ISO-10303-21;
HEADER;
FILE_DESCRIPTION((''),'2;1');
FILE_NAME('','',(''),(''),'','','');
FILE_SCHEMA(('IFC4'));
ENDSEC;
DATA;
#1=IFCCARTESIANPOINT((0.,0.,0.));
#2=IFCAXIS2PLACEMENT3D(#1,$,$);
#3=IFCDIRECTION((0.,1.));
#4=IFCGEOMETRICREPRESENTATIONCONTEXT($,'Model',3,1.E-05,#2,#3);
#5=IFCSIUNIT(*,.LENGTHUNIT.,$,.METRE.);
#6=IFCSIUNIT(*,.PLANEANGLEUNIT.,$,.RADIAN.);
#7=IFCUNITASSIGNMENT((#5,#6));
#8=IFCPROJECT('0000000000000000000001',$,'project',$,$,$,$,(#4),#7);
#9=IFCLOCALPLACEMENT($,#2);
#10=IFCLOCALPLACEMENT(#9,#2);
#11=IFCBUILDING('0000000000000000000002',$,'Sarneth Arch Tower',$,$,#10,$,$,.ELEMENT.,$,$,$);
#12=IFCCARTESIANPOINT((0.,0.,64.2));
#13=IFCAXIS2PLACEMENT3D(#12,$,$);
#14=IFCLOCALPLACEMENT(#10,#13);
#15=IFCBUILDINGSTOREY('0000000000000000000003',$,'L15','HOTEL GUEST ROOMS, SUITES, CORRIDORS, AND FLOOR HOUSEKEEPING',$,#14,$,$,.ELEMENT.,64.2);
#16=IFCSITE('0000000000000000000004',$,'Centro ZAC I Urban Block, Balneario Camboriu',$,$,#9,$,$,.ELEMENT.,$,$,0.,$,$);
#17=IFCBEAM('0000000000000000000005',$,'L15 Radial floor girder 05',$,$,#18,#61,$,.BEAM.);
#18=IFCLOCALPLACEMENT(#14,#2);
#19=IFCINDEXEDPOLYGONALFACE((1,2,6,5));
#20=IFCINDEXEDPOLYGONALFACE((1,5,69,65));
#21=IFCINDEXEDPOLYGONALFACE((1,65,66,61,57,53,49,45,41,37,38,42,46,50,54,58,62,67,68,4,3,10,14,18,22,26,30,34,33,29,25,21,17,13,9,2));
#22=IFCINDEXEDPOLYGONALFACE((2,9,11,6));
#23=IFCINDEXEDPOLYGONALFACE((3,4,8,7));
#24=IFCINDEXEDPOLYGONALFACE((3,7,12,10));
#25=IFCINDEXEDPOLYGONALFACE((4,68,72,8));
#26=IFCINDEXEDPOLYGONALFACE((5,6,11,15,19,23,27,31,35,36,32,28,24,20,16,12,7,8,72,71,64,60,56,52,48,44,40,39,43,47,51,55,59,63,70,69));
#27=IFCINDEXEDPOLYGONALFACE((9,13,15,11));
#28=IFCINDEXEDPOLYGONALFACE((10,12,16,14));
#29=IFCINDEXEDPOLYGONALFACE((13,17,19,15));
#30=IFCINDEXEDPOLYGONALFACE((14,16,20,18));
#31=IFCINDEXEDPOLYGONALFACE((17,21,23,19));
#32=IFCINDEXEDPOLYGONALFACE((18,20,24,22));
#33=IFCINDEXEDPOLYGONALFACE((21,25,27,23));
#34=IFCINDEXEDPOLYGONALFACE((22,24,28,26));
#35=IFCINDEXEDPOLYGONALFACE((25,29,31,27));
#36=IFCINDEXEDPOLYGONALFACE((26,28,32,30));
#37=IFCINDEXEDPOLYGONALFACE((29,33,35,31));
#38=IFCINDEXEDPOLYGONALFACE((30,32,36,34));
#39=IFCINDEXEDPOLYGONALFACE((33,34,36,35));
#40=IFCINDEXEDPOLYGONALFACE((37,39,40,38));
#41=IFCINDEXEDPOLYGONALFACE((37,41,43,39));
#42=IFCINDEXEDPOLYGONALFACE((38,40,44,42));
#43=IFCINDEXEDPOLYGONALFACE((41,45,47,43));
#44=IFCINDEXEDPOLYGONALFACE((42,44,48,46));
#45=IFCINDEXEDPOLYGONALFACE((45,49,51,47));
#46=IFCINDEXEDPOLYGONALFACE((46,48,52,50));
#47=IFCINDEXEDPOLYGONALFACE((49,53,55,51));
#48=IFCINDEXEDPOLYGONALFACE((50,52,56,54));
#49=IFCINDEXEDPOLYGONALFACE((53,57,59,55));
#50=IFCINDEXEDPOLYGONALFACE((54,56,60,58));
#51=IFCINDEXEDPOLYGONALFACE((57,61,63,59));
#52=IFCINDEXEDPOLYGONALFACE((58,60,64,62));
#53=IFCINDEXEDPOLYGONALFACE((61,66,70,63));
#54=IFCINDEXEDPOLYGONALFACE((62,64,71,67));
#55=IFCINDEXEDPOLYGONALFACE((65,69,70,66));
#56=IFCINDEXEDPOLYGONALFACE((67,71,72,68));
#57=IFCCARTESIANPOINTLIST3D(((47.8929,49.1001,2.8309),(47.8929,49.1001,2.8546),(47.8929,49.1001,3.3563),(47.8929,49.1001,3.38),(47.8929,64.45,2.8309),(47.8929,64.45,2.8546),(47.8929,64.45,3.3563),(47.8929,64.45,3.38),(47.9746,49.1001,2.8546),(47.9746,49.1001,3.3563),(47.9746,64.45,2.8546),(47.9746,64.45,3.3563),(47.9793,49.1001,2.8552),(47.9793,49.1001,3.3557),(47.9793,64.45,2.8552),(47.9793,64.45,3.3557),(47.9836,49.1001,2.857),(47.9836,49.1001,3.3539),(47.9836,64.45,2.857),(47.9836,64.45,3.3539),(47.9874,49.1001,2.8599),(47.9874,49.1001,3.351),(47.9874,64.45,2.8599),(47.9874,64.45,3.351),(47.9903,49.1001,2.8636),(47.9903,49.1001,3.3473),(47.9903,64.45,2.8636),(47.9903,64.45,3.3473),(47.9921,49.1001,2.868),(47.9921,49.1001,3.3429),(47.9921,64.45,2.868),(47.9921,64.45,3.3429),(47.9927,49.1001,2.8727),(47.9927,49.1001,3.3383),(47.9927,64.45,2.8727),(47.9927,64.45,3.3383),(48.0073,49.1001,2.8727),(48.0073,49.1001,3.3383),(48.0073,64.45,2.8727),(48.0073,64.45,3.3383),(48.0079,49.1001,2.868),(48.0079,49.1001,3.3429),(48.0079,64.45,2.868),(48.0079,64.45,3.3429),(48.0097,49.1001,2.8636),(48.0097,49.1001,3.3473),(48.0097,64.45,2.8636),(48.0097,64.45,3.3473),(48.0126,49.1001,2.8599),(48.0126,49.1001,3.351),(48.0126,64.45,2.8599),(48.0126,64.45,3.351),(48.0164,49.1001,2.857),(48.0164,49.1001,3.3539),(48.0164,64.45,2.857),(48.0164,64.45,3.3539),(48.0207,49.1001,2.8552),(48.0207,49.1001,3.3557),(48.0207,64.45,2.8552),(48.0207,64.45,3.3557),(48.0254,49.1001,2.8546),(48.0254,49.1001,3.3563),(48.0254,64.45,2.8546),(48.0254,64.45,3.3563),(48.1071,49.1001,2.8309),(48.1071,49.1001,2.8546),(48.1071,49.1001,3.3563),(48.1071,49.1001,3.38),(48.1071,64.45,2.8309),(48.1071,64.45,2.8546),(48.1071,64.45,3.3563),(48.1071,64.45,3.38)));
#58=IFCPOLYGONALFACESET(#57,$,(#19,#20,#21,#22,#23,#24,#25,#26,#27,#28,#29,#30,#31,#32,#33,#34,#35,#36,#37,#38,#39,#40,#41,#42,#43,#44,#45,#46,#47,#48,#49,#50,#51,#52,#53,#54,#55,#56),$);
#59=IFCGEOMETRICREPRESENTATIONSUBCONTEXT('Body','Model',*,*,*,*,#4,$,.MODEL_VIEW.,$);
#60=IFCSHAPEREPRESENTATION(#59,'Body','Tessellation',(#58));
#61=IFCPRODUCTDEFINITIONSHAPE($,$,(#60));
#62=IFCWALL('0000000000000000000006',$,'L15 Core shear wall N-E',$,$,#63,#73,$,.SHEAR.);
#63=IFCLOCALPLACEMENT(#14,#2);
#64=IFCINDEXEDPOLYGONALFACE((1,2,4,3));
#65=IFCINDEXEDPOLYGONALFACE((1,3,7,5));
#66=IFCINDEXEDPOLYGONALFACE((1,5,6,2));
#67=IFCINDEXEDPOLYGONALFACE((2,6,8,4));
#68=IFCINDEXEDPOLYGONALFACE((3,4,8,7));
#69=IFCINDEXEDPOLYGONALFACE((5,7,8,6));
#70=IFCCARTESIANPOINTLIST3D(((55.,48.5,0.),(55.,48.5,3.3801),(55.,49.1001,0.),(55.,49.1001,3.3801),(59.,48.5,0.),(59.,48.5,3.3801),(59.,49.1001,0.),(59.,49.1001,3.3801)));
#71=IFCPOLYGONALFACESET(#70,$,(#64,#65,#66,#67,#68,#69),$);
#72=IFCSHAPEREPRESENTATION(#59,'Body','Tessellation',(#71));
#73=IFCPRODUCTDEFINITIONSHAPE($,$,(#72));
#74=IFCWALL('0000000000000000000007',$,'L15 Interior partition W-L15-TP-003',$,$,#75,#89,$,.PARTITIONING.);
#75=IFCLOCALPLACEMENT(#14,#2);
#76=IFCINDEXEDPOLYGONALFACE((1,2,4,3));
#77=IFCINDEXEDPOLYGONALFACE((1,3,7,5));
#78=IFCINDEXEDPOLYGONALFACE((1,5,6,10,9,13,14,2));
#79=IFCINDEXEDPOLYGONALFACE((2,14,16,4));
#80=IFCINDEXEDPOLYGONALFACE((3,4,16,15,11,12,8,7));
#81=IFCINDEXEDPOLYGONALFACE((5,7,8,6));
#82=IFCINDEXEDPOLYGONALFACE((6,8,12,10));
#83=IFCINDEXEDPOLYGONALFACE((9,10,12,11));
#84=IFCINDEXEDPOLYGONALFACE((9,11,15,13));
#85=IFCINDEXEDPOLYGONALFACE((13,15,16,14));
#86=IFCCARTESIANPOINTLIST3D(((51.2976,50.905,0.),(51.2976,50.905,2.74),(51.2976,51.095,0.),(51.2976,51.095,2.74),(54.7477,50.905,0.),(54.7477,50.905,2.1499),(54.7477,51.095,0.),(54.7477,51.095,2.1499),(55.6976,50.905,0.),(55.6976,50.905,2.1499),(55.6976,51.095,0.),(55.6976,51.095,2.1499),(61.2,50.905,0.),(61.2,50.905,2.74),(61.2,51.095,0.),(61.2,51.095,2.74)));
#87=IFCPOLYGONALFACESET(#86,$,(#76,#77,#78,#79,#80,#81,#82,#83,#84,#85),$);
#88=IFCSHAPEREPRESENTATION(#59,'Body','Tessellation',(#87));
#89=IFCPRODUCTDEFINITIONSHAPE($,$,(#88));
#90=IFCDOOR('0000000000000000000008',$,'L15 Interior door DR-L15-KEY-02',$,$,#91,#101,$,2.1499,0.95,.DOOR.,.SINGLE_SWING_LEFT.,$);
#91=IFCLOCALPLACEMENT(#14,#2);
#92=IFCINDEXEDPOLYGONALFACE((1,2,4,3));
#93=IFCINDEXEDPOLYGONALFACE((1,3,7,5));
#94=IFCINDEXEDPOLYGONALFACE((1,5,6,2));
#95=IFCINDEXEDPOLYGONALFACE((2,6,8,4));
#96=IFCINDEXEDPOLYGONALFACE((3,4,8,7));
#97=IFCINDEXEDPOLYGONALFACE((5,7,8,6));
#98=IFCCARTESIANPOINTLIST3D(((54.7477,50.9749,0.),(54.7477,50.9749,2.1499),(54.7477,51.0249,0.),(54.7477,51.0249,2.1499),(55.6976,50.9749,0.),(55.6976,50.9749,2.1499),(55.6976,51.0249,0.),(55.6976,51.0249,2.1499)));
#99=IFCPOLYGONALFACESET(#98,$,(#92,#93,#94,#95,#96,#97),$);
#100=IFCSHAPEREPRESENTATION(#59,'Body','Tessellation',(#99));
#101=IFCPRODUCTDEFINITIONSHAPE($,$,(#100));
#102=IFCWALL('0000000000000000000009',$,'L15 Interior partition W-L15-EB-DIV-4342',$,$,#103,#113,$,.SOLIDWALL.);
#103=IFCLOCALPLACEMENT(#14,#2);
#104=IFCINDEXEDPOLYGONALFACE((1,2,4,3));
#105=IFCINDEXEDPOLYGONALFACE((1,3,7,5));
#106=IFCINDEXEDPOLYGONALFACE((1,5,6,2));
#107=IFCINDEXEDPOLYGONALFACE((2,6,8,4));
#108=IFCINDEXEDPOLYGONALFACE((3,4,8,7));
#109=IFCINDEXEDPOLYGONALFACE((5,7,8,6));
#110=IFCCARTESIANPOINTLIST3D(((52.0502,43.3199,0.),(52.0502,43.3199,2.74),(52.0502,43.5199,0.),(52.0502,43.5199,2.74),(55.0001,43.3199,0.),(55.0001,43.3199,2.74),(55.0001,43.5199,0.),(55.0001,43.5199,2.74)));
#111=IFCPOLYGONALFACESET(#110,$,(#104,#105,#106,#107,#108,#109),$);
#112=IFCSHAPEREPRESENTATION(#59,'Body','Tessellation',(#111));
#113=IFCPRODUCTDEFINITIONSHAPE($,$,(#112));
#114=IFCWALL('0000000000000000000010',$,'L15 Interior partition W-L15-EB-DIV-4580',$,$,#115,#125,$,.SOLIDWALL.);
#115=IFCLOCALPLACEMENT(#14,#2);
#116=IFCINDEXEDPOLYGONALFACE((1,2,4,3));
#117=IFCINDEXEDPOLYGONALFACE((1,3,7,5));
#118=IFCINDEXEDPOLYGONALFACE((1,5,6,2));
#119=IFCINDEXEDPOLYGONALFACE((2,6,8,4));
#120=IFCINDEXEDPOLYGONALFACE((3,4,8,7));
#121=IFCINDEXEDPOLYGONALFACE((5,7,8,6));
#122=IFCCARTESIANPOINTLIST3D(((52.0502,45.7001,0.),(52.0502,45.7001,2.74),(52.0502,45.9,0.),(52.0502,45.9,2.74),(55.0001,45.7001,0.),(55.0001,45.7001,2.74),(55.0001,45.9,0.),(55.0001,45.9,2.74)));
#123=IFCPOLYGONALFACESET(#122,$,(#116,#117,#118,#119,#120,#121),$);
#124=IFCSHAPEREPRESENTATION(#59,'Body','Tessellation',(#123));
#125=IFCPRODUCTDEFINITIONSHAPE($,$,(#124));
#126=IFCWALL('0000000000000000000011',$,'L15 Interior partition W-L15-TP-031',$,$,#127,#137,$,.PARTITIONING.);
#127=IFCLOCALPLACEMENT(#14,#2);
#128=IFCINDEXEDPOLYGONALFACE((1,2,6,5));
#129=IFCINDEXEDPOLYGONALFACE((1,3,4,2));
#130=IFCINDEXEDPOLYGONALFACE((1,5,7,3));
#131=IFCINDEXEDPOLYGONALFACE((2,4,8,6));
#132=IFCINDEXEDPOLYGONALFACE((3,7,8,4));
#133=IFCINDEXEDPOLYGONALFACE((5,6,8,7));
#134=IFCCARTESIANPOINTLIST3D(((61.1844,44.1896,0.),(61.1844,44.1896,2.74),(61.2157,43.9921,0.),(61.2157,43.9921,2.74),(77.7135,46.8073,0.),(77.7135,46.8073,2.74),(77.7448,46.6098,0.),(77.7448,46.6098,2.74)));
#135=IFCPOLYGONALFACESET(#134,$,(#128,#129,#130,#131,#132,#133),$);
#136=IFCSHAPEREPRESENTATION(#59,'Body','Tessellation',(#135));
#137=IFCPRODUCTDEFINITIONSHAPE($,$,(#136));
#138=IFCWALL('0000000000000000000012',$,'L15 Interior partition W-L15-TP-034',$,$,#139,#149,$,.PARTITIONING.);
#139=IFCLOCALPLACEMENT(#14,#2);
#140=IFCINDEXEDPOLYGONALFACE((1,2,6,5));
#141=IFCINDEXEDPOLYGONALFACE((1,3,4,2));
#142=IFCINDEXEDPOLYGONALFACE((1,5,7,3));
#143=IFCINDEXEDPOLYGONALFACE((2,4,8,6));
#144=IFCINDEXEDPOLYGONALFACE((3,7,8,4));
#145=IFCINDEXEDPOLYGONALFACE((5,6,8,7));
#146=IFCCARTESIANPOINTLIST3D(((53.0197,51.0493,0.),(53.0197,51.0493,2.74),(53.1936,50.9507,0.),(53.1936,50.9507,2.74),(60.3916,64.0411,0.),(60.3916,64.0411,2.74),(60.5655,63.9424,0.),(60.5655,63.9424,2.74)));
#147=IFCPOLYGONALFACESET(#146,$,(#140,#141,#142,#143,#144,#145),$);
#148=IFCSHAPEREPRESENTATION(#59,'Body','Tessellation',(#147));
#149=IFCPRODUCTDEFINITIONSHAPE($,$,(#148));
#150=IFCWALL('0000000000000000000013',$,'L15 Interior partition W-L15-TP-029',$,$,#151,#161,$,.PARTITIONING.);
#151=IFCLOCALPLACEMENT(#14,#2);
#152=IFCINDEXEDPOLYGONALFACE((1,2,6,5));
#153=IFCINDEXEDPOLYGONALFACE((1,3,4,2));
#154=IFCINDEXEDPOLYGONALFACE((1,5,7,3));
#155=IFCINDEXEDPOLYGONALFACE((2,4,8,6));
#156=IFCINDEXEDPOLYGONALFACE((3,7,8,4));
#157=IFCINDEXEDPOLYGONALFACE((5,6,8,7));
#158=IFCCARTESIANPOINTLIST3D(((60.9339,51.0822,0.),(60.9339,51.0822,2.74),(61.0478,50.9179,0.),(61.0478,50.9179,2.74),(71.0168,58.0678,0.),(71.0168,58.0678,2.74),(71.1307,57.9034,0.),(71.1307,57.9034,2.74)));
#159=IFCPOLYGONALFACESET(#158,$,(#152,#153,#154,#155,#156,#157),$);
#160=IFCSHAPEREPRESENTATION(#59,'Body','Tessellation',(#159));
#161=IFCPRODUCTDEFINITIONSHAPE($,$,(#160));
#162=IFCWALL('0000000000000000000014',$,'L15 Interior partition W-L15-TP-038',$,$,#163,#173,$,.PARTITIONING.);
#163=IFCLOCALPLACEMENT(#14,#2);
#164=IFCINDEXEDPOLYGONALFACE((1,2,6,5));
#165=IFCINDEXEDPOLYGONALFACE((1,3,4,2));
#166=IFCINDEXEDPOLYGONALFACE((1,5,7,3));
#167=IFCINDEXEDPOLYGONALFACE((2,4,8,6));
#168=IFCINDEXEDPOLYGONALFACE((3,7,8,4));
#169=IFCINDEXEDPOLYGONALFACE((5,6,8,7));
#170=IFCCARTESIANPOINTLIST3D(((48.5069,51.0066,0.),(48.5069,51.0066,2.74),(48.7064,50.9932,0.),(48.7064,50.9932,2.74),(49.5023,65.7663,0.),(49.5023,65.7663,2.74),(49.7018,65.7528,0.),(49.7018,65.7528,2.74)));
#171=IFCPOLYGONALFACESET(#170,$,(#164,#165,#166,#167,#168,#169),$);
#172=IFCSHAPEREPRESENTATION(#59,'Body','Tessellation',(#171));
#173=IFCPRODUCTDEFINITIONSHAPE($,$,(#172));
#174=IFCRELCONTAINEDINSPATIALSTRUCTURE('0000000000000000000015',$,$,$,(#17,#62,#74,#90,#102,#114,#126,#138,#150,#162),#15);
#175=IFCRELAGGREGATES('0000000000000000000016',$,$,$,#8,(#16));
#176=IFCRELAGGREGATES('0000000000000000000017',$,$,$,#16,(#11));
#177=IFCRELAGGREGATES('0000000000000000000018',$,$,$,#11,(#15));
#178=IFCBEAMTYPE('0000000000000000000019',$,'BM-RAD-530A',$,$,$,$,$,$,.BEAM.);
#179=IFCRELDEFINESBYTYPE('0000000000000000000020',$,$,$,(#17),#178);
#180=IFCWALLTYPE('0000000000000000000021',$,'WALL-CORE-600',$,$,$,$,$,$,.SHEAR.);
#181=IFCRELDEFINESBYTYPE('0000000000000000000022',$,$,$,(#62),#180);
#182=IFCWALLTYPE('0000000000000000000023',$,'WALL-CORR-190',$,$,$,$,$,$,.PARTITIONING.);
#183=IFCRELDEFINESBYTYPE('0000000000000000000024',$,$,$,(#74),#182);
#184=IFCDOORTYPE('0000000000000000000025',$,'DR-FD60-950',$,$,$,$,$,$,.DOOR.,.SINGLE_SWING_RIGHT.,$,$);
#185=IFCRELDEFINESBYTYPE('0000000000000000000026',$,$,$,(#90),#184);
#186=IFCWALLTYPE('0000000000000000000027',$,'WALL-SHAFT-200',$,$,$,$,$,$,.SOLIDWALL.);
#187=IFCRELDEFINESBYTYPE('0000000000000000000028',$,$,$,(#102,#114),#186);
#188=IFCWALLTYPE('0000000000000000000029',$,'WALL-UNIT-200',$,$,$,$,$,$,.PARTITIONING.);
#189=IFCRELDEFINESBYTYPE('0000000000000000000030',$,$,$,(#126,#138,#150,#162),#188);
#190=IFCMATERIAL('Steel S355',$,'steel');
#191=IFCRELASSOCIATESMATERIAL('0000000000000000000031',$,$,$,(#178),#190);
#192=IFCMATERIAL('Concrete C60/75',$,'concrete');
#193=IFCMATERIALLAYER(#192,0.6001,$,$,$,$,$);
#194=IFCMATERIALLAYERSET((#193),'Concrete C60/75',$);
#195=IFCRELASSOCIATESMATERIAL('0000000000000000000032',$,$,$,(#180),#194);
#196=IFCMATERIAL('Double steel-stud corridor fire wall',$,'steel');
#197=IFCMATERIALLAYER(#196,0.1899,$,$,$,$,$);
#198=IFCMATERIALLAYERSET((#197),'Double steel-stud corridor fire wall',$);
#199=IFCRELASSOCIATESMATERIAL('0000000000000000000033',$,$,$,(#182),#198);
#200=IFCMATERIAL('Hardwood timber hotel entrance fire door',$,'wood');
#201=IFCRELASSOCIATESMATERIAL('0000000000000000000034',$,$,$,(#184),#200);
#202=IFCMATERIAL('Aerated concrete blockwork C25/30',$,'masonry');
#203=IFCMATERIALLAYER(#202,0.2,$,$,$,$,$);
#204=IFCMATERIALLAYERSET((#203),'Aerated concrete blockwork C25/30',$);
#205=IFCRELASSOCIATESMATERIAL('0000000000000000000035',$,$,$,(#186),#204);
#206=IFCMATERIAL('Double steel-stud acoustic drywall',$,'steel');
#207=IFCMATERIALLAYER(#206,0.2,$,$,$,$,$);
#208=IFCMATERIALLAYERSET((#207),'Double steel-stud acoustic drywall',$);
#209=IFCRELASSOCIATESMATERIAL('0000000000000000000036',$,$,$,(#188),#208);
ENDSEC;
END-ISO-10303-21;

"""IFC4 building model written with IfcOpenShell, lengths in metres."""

from ifc_helpers import new_model, si_unit, direction, frame, frame_2d, origin, origin_2d, place, context, subcontext, project, spatial, rectangle, i_section, extrude, material, layer, layer_set, material_profile, profile_set, type_object, element, fill, save


model = new_model("IFC4")

# Units and contexts
model_context = context("Model", 3, precision=1e-05, world=origin(), true_north=direction((0.0, 1.0)))
body_context = subcontext(model_context, "Body", "Model", "MODEL_VIEW")
ifc_project = project(units=[si_unit("LENGTHUNIT", "METRE"), si_unit("PLANEANGLEUNIT", "RADIAN")], contexts=[model_context])

# Site, building, storey
site_placement = place(None, origin())
site = spatial("IfcSite", under=ifc_project, at=site_placement, Name="Centro ZAC I Urban Block, Balneario Camboriu", CompositionType="ELEMENT", RefElevation=0.0)
building_placement = place(site_placement, origin())
building = spatial("IfcBuilding", under=site, at=building_placement, Name="Sarneth Arch Tower", CompositionType="ELEMENT")
storey_placement = place(building_placement, frame((0.0, 0.0, 64.2)))
storey = spatial("IfcBuildingStorey", under=building, at=storey_placement, Name="L15", Description="HOTEL GUEST ROOMS, SUITES, CORRIDORS, AND FLOOR HOUSEKEEPING", CompositionType="ELEMENT", Elevation=64.2)

# Beam
ifc_material_1 = material(Name="Steel S355", Category="steel")
ifc_material_profile = material_profile(ifc_material_1, i_section(OverallWidth=0.2141, OverallDepth=0.5491, WebThickness=0.0146, FlangeThickness=0.0237, FilletRadius=0.0181, at=origin_2d()), Name="W530x138")
ifc_profile_set = profile_set([ifc_material_profile], Name="Steel S355")
beam_type = type_object("IfcBeamType", Name="BM-RAD-530A", PredefinedType="BEAM", material=ifc_profile_set)
beam_1_placement = place(storey_placement, frame((48.0, 49.1001, 3.1055), z_axis=(0.0, 1.0, 0.0), x_axis=(-1.0, 0.0, 0.0)))
element("IfcBeam", 1, at=beam_1_placement, inside=storey, type_object=beam_type, Name="L15 Radial floor girder 05", PredefinedType="BEAM", context=body_context, shape_type="SweptSolid", body=[
    extrude(i_section(OverallWidth=0.2141, OverallDepth=0.5491, WebThickness=0.0146, FlangeThickness=0.0237, FilletRadius=0.0181, at=origin_2d()), origin(), (0.0, 0.0, 1.0), 15.3499),
])

# Wall
ifc_material_2 = material(Name="Concrete C60/75", Category="concrete")
ifc_layer_1 = layer(ifc_material_2, 0.6001)
ifc_layer_set_1 = layer_set([ifc_layer_1], Name="Concrete C60/75")
wall_type_1 = type_object("IfcWallType", Name="WALL-CORE-600", PredefinedType="SHEAR", material=ifc_layer_set_1)
wall_1_placement = place(storey_placement, frame((55.0, 48.8, 0.0), z_axis=(0.0, 0.0, 1.0), x_axis=(1.0, 0.0, 0.0)))
element("IfcWall", 2, at=wall_1_placement, inside=storey, type_object=wall_type_1, Name="L15 Core shear wall N-E", PredefinedType="SHEAR", context=body_context, shape_type="SweptSolid", body=[
    extrude(rectangle(XDim=4.0, YDim=0.6001, at=frame_2d((2.0, 0.0))), origin(), (0.0, 0.0, 1.0), 3.3801),
])

# Wall, opening, door
ifc_material_3 = material(Name="Double steel-stud corridor fire wall", Category="steel")
ifc_layer_2 = layer(ifc_material_3, 0.1899)
ifc_layer_set_2 = layer_set([ifc_layer_2], Name="Double steel-stud corridor fire wall")
wall_type_2 = type_object("IfcWallType", Name="WALL-CORR-190", PredefinedType="PARTITIONING", material=ifc_layer_set_2)
wall_2_placement = place(storey_placement, frame((51.2976, 51.0, 0.0), z_axis=(0.0, 0.0, 1.0), x_axis=(1.0, 0.0, 0.0)))
wall_2 = element("IfcWall", 3, at=wall_2_placement, inside=storey, type_object=wall_type_2, Name="L15 Interior partition W-L15-TP-003", PredefinedType="PARTITIONING", context=body_context, shape_type="SweptSolid", body=[
    extrude(rectangle(XDim=9.9023, YDim=0.1899, at=frame_2d((4.9512, 0.0))), origin(), (0.0, 0.0, 1.0), 2.74),
])
opening_1_placement = place(wall_2_placement, frame((3.45, 0.0, 0.0)))
opening_1 = element("IfcOpeningElement", 4, at=opening_1_placement, cuts=wall_2, PredefinedType="OPENING", context=body_context, shape_type="SweptSolid", body=[
    extrude(rectangle(XDim=0.95, YDim=2.1499, at=frame_2d((0.4751, 1.075))), frame((0.0, 0.105, 0.0), z_axis=(0.0, -1.0, 0.0), x_axis=(1.0, 0.0, 0.0)), (0.0, 0.0, 1.0), 0.21),
])
ifc_material_4 = material(Name="Hardwood timber hotel entrance fire door", Category="wood")
door_type = type_object("IfcDoorType", Name="DR-FD60-950", OperationType="SINGLE_SWING_RIGHT", PredefinedType="DOOR", material=ifc_material_4)
door_1_placement = place(opening_1_placement, origin())
door_1 = element("IfcDoor", 5, at=door_1_placement, inside=storey, type_object=door_type, Name="L15 Interior door DR-L15-KEY-02", OperationType="SINGLE_SWING_LEFT", OverallHeight=2.1499, OverallWidth=0.95, PredefinedType="DOOR", context=body_context, shape_type="SweptSolid", body=[
    extrude(rectangle(XDim=0.95, YDim=2.1499, at=frame_2d((0.4751, 1.075))), frame((0.0, 0.0249, 0.0), z_axis=(0.0, -1.0, 0.0), x_axis=(1.0, 0.0, 0.0)), (0.0, 0.0, 1.0), 0.05),
])
fill(opening_1, door_1)

# Walls
ifc_material_5 = material(Name="Aerated concrete blockwork C25/30", Category="masonry")
ifc_layer_3 = layer(ifc_material_5, 0.2)
ifc_layer_set_3 = layer_set([ifc_layer_3], Name="Aerated concrete blockwork C25/30")
wall_type_3 = type_object("IfcWallType", Name="WALL-SHAFT-200", PredefinedType="SOLIDWALL", material=ifc_layer_set_3)
for number, where, z_axis, x_axis, name in (
    (6, (52.05, 43.4199, 0.0), (0.0, 0.0, 1.0), (1.0, 0.0, 0.0), "L15 Interior partition W-L15-EB-DIV-4342"),
    (7, (52.05, 45.8, 0.0), (0.0, 0.0, 1.0), (1.0, 0.0, 0.0), "L15 Interior partition W-L15-EB-DIV-4580"),
):
    element("IfcWall", number, at=place(storey_placement, frame(where, z_axis=z_axis, x_axis=x_axis)), inside=storey, type_object=wall_type_3, Name=name, PredefinedType="SOLIDWALL", context=body_context, shape_type="SweptSolid", body=[
        extrude(rectangle(XDim=2.95, YDim=0.2, at=frame_2d((1.4751, 0.0))), origin(), (0.0, 0.0, 1.0), 2.74),
    ])
ifc_material_6 = material(Name="Double steel-stud acoustic drywall", Category="steel")
ifc_layer_4 = layer(ifc_material_6, 0.2)
ifc_layer_set_4 = layer_set([ifc_layer_4], Name="Double steel-stud acoustic drywall")
wall_type_4 = type_object("IfcWallType", Name="WALL-UNIT-200", PredefinedType="PARTITIONING", material=ifc_layer_set_4)
wall_3_placement = place(storey_placement, frame((61.2, 44.0908, 0.0), z_axis=(0.0, 0.0, 1.0), x_axis=(0.987691, 0.156419, 0.0)))
element("IfcWall", 8, at=wall_3_placement, inside=storey, type_object=wall_type_4, Name="L15 Interior partition W-L15-TP-031", PredefinedType="PARTITIONING", context=body_context, shape_type="SweptSolid", body=[
    extrude(rectangle(XDim=16.7351, YDim=0.2, at=frame_2d((8.3677, 0.0))), origin(), (0.0, 0.0, 1.0), 2.74),
])
wall_4_placement = place(storey_placement, frame((53.1067, 51.0, 0.0), z_axis=(0.0, 0.0, 1.0), x_axis=(0.493512, 0.869739, 0.0)))
element("IfcWall", 9, at=wall_4_placement, inside=storey, type_object=wall_type_4, Name="L15 Interior partition W-L15-TP-034", PredefinedType="PARTITIONING", context=body_context, shape_type="SweptSolid", body=[
    extrude(rectangle(XDim=14.9375, YDim=0.2, at=frame_2d((7.4688, 0.0))), origin(), (0.0, 0.0, 1.0), 2.74),
])
wall_5_placement = place(storey_placement, frame((60.9907, 51.0, 0.0), z_axis=(0.0, 0.0, 1.0), x_axis=(0.821999, 0.569488, 0.0)))
element("IfcWall", 10, at=wall_5_placement, inside=storey, type_object=wall_type_4, Name="L15 Interior partition W-L15-TP-029", PredefinedType="PARTITIONING", context=body_context, shape_type="SweptSolid", body=[
    extrude(rectangle(XDim=12.2664, YDim=0.2, at=frame_2d((6.1333, 0.0))), origin(), (0.0, 0.0, 1.0), 2.74),
])
wall_6_placement = place(storey_placement, frame((48.6067, 51.0, 0.0), z_axis=(0.0, 0.0, 1.0), x_axis=(0.067285, 0.997734, 0.0)))
element("IfcWall", 11, at=wall_6_placement, inside=storey, type_object=wall_type_4, Name="L15 Interior partition W-L15-TP-038", PredefinedType="PARTITIONING", context=body_context, shape_type="SweptSolid", body=[
    extrude(rectangle(XDim=14.7932, YDim=0.2, at=frame_2d((7.3965, 0.0))), origin(), (0.0, 0.0, 1.0), 2.74),
])

save(model, "model.ifc")
